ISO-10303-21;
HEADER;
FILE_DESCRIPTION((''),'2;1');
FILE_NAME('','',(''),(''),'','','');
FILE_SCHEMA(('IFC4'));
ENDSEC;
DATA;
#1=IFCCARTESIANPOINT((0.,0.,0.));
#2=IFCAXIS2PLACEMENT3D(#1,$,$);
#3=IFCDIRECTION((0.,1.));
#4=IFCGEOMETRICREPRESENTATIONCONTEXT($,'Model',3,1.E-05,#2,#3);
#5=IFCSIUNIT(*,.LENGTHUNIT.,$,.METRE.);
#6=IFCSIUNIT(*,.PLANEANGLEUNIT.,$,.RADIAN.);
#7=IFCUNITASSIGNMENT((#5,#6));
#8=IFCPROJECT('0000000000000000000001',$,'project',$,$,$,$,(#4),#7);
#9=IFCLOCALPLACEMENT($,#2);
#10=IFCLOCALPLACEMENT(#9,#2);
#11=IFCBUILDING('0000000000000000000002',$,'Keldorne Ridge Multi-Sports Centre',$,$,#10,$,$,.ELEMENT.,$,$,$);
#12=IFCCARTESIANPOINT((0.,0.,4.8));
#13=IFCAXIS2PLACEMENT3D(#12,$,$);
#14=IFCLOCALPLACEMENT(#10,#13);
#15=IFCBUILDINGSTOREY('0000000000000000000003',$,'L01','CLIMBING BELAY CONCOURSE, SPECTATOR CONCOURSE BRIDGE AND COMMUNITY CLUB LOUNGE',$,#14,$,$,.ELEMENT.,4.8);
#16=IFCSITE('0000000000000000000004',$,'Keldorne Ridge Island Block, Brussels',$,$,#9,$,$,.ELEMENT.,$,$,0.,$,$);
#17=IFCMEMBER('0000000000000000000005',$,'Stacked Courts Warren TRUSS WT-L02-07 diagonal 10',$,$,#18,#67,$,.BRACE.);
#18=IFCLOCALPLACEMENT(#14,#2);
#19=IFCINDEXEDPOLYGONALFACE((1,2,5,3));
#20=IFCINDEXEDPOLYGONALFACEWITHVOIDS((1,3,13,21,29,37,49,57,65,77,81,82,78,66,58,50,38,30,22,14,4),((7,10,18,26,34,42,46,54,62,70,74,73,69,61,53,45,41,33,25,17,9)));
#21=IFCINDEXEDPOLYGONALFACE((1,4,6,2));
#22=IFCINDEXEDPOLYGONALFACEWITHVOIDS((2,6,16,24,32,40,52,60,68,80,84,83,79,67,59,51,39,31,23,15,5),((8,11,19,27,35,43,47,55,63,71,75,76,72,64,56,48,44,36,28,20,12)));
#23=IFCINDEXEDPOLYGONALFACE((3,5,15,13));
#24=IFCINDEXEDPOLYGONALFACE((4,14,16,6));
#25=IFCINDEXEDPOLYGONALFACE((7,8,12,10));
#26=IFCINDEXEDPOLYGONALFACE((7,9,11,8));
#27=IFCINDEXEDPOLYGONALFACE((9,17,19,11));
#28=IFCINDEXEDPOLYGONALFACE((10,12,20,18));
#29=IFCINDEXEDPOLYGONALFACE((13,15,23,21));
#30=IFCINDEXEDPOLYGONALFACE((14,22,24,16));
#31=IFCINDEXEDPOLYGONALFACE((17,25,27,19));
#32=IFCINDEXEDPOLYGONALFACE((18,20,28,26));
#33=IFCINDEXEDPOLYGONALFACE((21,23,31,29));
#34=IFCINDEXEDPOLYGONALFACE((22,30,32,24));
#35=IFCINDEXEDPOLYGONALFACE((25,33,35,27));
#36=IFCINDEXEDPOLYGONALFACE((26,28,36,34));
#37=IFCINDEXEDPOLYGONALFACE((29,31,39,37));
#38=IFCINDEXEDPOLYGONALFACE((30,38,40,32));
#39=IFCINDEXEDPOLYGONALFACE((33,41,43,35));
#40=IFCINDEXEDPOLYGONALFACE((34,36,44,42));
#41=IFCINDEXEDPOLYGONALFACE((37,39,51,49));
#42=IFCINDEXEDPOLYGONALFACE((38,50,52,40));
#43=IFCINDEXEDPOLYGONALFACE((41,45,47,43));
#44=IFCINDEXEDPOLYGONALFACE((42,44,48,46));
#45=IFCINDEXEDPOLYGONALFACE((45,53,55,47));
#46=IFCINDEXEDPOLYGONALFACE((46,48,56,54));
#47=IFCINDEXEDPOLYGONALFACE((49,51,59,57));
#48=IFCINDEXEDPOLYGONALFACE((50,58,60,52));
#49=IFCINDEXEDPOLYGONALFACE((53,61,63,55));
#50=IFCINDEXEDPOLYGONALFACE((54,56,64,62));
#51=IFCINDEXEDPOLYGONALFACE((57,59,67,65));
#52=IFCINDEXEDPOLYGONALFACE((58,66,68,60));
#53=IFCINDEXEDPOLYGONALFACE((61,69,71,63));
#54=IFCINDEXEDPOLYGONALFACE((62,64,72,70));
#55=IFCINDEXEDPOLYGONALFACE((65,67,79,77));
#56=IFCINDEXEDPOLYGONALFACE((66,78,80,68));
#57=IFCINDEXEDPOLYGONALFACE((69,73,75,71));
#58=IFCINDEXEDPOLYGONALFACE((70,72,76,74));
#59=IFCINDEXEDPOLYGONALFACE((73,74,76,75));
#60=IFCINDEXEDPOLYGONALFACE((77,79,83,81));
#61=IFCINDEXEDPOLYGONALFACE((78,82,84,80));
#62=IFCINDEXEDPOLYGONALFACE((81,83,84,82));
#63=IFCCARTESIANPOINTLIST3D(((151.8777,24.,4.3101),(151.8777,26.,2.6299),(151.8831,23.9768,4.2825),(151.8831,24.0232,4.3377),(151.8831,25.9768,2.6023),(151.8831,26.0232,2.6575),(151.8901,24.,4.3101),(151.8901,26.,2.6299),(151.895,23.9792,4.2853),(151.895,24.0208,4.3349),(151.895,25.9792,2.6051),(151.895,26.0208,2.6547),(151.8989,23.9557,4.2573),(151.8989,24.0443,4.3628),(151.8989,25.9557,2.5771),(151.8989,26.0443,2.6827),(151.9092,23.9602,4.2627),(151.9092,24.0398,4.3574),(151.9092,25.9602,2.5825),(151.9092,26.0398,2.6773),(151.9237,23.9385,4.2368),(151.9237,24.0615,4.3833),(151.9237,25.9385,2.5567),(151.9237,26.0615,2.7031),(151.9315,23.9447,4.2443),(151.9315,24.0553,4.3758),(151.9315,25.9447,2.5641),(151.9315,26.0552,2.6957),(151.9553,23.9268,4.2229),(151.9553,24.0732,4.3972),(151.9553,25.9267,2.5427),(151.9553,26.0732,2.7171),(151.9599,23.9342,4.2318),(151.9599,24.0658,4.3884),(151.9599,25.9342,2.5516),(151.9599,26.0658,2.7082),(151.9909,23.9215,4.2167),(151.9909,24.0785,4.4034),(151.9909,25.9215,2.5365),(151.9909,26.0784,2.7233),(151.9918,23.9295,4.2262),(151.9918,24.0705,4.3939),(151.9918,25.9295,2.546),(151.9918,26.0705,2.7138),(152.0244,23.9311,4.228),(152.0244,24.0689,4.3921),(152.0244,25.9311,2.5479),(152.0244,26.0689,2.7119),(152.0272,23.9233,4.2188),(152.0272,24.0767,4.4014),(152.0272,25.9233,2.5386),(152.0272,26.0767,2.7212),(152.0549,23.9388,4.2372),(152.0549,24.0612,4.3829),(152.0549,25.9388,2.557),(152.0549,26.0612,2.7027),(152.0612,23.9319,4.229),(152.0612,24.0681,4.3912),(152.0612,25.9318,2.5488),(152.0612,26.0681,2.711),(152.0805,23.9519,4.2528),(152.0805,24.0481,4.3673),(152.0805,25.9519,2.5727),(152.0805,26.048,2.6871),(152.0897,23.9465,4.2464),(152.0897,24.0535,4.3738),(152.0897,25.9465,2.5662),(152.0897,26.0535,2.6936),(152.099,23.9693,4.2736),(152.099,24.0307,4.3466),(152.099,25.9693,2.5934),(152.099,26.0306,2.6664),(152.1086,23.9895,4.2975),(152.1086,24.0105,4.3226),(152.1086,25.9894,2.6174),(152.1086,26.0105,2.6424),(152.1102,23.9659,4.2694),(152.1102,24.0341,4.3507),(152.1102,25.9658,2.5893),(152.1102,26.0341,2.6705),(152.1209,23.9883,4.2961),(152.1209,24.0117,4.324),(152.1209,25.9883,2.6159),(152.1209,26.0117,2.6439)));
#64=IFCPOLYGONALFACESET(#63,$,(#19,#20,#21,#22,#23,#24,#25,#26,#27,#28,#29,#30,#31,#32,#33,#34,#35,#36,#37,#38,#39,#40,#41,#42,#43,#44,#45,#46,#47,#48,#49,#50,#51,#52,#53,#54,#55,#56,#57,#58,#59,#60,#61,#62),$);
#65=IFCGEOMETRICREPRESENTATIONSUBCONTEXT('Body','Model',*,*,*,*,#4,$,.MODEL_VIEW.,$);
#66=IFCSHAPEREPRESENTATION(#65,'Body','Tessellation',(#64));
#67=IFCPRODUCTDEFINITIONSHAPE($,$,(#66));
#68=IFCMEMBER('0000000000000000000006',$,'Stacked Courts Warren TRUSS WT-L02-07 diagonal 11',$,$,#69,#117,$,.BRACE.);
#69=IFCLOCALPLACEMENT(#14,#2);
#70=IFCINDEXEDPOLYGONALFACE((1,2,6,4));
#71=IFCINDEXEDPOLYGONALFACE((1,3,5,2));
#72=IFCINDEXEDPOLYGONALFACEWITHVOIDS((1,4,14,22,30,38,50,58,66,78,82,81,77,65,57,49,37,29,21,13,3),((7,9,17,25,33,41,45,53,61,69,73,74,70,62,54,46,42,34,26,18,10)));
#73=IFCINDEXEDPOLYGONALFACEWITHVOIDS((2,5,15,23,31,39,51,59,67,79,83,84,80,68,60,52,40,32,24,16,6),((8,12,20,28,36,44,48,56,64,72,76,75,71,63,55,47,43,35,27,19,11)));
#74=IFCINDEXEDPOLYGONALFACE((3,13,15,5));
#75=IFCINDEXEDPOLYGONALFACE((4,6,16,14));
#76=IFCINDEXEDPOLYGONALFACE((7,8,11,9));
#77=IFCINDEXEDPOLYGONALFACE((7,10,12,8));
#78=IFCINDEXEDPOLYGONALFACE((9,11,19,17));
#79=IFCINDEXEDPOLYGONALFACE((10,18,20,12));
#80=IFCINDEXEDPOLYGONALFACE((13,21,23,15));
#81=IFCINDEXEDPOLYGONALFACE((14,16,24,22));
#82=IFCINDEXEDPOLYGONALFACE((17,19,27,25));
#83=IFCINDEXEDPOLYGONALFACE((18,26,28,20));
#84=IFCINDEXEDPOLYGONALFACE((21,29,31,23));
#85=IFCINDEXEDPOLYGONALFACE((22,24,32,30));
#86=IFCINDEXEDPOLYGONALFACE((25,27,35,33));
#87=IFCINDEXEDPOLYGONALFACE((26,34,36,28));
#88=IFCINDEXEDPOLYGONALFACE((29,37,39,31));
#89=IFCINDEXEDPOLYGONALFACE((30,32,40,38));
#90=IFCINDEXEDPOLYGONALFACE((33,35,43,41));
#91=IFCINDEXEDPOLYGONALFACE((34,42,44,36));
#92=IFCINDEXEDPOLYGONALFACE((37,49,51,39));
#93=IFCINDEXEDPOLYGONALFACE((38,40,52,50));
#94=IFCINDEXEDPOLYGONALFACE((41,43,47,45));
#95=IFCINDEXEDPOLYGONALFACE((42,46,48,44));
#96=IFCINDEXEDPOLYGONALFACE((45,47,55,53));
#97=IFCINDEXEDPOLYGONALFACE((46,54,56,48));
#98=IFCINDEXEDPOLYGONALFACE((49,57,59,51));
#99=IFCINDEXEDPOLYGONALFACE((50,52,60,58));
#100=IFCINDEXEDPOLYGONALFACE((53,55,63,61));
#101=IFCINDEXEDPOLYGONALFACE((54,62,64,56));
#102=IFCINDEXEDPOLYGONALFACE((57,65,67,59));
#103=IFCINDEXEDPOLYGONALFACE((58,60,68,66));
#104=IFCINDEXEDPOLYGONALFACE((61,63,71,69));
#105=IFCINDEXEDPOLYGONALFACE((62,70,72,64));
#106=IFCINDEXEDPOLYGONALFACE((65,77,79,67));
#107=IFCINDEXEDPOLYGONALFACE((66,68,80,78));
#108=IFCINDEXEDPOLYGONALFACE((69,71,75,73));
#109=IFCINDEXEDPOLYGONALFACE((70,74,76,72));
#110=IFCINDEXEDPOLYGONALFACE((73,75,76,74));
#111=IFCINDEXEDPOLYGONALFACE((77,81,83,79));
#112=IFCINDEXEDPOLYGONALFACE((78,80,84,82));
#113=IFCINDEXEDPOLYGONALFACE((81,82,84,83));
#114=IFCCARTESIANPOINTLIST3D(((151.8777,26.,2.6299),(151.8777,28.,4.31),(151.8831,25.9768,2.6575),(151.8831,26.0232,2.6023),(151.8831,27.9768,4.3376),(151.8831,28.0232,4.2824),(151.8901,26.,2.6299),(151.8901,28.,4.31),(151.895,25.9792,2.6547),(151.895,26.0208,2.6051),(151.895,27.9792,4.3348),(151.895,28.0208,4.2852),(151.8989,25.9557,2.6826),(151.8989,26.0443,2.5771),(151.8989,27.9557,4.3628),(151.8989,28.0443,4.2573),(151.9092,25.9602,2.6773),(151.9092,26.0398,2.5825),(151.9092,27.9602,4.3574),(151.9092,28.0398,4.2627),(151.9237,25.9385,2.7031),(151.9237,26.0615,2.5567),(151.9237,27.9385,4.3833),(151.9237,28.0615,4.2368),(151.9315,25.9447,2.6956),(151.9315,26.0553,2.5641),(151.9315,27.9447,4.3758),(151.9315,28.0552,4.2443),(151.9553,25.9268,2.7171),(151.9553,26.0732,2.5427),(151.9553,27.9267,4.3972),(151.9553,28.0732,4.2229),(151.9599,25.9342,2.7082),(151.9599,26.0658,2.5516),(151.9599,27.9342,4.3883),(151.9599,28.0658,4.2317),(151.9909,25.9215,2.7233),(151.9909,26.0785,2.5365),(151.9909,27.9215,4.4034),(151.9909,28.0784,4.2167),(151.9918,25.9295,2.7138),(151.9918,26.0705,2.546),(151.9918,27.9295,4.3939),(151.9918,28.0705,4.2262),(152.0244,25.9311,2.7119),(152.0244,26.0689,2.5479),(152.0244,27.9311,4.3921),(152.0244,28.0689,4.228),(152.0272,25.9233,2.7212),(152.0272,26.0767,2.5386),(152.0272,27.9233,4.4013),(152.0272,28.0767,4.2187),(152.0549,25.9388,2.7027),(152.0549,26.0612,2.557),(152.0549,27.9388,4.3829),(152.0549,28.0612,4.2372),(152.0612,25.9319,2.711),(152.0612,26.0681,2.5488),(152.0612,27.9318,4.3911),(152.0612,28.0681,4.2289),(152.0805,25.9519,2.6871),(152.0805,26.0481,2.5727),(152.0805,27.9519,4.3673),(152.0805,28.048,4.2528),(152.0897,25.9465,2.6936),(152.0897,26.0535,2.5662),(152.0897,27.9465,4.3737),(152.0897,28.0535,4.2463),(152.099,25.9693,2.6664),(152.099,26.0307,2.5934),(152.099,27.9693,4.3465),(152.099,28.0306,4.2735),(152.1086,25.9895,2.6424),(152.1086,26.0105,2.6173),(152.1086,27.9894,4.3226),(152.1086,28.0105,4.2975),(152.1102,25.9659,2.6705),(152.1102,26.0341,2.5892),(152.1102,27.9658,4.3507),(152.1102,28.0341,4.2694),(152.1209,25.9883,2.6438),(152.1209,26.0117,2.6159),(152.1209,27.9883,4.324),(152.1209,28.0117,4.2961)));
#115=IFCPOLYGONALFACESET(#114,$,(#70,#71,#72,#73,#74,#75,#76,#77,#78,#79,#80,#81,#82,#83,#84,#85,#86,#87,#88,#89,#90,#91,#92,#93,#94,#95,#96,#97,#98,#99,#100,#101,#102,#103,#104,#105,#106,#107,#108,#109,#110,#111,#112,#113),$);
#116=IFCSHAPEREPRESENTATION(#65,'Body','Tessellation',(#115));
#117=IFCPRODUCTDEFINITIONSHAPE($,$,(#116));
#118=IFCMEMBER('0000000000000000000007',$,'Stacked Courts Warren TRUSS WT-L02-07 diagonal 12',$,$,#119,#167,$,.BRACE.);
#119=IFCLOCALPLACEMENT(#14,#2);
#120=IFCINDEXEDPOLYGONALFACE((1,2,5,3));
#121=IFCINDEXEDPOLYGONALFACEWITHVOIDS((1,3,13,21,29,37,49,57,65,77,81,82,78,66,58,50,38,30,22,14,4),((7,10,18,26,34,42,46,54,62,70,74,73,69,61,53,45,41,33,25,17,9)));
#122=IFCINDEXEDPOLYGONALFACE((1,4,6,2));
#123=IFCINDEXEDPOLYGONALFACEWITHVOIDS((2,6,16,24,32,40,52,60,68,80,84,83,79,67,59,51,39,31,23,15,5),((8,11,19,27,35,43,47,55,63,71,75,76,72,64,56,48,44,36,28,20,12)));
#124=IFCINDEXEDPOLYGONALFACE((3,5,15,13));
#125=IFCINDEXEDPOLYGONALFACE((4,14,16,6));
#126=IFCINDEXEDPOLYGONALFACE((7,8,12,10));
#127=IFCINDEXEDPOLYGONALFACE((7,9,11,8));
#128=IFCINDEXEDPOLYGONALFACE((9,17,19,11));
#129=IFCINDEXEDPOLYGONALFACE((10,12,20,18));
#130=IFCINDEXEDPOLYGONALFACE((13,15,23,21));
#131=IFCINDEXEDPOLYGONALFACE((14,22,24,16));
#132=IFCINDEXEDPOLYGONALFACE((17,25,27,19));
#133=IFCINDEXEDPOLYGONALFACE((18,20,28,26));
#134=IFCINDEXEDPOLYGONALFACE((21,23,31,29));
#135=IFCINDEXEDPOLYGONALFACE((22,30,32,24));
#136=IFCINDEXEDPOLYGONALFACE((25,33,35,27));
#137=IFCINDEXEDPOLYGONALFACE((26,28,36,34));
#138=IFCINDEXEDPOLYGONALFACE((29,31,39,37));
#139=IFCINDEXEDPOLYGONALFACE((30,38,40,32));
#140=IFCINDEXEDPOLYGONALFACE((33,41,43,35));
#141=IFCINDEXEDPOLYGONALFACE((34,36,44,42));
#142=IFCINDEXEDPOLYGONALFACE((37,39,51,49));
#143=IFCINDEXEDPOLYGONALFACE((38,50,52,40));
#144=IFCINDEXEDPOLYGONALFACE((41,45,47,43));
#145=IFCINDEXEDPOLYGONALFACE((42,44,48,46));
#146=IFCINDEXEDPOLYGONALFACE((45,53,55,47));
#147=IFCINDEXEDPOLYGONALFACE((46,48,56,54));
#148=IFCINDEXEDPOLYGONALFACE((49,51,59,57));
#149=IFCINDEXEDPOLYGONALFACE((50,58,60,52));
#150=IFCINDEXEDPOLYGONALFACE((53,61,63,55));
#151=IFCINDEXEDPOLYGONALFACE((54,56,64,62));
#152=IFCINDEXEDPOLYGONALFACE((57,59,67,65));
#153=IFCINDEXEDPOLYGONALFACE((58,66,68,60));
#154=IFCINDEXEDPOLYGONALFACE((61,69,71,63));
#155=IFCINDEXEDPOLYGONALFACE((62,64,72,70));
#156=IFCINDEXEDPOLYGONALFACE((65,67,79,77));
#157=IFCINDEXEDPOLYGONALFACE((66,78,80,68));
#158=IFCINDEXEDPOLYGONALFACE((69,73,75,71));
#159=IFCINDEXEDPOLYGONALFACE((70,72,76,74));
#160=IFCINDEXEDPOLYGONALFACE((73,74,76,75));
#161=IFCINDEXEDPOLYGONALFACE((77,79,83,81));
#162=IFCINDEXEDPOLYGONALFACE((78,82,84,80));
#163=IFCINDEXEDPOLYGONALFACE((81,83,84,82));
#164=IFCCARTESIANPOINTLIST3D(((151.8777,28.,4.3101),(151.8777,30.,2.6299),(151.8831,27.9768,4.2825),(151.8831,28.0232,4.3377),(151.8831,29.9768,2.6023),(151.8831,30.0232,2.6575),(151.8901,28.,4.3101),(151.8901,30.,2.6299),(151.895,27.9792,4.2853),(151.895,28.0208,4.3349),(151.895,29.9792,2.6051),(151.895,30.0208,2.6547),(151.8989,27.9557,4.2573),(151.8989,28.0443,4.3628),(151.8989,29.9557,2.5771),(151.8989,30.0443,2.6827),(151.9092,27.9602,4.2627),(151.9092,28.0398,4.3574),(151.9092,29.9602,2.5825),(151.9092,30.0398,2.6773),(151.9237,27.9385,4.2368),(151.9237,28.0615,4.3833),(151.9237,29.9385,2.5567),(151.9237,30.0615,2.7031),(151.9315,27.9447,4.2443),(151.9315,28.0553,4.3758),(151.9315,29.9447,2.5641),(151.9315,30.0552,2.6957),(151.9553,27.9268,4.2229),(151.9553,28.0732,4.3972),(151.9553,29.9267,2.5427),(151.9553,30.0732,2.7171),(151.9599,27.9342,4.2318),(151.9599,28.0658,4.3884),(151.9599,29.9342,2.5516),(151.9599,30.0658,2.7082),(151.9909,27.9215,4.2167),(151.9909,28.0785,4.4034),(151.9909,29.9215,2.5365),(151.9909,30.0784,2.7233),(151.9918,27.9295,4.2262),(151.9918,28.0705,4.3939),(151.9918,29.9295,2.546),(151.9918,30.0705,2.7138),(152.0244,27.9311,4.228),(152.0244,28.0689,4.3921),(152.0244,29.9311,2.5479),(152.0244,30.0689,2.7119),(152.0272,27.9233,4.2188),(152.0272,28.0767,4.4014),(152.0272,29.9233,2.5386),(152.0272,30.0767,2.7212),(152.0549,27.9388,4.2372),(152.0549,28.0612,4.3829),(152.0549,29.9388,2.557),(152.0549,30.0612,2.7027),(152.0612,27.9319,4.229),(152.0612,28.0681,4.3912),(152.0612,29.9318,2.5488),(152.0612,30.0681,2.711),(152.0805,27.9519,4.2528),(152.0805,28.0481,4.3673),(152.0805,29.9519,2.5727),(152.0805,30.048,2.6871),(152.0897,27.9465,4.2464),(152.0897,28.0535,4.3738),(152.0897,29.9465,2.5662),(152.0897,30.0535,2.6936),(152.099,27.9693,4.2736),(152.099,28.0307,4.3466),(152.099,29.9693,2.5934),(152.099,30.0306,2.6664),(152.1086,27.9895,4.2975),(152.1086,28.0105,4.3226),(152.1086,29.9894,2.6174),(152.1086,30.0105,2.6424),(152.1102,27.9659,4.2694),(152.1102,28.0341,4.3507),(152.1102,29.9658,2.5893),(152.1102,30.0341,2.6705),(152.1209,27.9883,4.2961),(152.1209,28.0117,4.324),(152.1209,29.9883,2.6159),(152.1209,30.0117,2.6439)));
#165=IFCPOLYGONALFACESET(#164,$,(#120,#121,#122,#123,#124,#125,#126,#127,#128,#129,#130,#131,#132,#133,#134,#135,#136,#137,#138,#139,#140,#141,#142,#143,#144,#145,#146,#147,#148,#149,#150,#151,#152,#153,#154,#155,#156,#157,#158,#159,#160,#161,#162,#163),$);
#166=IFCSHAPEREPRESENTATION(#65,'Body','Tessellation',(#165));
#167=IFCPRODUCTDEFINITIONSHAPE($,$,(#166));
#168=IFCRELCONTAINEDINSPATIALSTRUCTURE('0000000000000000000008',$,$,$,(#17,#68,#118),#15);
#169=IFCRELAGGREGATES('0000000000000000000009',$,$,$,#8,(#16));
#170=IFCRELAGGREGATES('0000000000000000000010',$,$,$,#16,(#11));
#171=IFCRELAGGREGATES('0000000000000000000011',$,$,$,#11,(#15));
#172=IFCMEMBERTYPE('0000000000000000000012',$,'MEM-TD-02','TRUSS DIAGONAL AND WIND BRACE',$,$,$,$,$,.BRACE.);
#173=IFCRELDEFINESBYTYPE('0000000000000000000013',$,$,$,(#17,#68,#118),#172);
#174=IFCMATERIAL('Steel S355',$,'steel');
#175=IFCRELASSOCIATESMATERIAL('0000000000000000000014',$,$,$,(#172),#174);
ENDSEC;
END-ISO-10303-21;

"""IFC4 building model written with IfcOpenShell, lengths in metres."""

from ifc_helpers import new_model, si_unit, direction, frame, origin, origin_2d, place, context, subcontext, project, spatial, hollow_circle, extrude, material, material_profile, profile_set, type_object, element, save


model = new_model("IFC4")

# Units and contexts
model_context = context("Model", 3, precision=1e-05, world=origin(), true_north=direction((0.0, 1.0)))
body_context = subcontext(model_context, "Body", "Model", "MODEL_VIEW")
ifc_project = project(units=[si_unit("LENGTHUNIT", "METRE"), si_unit("PLANEANGLEUNIT", "RADIAN")], contexts=[model_context])

# Site, building, storey
site_placement = place(None, origin())
site = spatial("IfcSite", under=ifc_project, at=site_placement, Name="Keldorne Ridge Island Block, Brussels", CompositionType="ELEMENT", RefElevation=0.0)
building_placement = place(site_placement, origin())
building = spatial("IfcBuilding", under=site, at=building_placement, Name="Keldorne Ridge Multi-Sports Centre", CompositionType="ELEMENT")
storey_placement = place(building_placement, frame((0.0, 0.0, 4.8)))
storey = spatial("IfcBuildingStorey", under=building, at=storey_placement, Name="L01", Description="CLIMBING BELAY CONCOURSE, SPECTATOR CONCOURSE BRIDGE AND COMMUNITY CLUB LOUNGE", CompositionType="ELEMENT", Elevation=4.8)

# Members
ifc_material = material(Name="Steel S355", Category="steel")
ifc_material_profile_1 = material_profile(ifc_material, hollow_circle(Radius=0.1223, WallThickness=0.0125, at=origin_2d()), Name="CHS 244.5x12.5")
ifc_profile_set_1 = profile_set([ifc_material_profile_1], Name="Steel S355")
member_type_1 = type_object("IfcMemberType", Name="MEM-TD-02", Description="TRUSS DIAGONAL AND WIND BRACE", PredefinedType="BRACE", material=ifc_profile_set_1)
for number, where, z_axis, x_axis, name in (
    (1, (152.0, 24.0, 4.3101), (0.0, 0.765672, -0.643232), (-1.0, 0.0, 0.0), "Stacked Courts Warren TRUSS WT-L02-07 diagonal 10"),
    (2, (152.0, 26.0, 2.6299), (0.0, 0.765672, 0.643232), (-1.0, 0.0, 0.0), "Stacked Courts Warren TRUSS WT-L02-07 diagonal 11"),
    (3, (152.0, 28.0, 4.3101), (0.0, 0.765672, -0.643232), (-1.0, 0.0, 0.0), "Stacked Courts Warren TRUSS WT-L02-07 diagonal 12"),
):
    element("IfcMember", number, at=place(storey_placement, frame(where, z_axis=z_axis, x_axis=x_axis)), inside=storey, type_object=member_type_1, Name=name, PredefinedType="BRACE", context=body_context, shape_type="SweptSolid", body=[
        extrude(hollow_circle(Radius=0.1223, WallThickness=0.0125, at=origin_2d()), origin(), (0.0, 0.0, 1.0), 2.6121),
    ])

save(model, "model.ifc")
